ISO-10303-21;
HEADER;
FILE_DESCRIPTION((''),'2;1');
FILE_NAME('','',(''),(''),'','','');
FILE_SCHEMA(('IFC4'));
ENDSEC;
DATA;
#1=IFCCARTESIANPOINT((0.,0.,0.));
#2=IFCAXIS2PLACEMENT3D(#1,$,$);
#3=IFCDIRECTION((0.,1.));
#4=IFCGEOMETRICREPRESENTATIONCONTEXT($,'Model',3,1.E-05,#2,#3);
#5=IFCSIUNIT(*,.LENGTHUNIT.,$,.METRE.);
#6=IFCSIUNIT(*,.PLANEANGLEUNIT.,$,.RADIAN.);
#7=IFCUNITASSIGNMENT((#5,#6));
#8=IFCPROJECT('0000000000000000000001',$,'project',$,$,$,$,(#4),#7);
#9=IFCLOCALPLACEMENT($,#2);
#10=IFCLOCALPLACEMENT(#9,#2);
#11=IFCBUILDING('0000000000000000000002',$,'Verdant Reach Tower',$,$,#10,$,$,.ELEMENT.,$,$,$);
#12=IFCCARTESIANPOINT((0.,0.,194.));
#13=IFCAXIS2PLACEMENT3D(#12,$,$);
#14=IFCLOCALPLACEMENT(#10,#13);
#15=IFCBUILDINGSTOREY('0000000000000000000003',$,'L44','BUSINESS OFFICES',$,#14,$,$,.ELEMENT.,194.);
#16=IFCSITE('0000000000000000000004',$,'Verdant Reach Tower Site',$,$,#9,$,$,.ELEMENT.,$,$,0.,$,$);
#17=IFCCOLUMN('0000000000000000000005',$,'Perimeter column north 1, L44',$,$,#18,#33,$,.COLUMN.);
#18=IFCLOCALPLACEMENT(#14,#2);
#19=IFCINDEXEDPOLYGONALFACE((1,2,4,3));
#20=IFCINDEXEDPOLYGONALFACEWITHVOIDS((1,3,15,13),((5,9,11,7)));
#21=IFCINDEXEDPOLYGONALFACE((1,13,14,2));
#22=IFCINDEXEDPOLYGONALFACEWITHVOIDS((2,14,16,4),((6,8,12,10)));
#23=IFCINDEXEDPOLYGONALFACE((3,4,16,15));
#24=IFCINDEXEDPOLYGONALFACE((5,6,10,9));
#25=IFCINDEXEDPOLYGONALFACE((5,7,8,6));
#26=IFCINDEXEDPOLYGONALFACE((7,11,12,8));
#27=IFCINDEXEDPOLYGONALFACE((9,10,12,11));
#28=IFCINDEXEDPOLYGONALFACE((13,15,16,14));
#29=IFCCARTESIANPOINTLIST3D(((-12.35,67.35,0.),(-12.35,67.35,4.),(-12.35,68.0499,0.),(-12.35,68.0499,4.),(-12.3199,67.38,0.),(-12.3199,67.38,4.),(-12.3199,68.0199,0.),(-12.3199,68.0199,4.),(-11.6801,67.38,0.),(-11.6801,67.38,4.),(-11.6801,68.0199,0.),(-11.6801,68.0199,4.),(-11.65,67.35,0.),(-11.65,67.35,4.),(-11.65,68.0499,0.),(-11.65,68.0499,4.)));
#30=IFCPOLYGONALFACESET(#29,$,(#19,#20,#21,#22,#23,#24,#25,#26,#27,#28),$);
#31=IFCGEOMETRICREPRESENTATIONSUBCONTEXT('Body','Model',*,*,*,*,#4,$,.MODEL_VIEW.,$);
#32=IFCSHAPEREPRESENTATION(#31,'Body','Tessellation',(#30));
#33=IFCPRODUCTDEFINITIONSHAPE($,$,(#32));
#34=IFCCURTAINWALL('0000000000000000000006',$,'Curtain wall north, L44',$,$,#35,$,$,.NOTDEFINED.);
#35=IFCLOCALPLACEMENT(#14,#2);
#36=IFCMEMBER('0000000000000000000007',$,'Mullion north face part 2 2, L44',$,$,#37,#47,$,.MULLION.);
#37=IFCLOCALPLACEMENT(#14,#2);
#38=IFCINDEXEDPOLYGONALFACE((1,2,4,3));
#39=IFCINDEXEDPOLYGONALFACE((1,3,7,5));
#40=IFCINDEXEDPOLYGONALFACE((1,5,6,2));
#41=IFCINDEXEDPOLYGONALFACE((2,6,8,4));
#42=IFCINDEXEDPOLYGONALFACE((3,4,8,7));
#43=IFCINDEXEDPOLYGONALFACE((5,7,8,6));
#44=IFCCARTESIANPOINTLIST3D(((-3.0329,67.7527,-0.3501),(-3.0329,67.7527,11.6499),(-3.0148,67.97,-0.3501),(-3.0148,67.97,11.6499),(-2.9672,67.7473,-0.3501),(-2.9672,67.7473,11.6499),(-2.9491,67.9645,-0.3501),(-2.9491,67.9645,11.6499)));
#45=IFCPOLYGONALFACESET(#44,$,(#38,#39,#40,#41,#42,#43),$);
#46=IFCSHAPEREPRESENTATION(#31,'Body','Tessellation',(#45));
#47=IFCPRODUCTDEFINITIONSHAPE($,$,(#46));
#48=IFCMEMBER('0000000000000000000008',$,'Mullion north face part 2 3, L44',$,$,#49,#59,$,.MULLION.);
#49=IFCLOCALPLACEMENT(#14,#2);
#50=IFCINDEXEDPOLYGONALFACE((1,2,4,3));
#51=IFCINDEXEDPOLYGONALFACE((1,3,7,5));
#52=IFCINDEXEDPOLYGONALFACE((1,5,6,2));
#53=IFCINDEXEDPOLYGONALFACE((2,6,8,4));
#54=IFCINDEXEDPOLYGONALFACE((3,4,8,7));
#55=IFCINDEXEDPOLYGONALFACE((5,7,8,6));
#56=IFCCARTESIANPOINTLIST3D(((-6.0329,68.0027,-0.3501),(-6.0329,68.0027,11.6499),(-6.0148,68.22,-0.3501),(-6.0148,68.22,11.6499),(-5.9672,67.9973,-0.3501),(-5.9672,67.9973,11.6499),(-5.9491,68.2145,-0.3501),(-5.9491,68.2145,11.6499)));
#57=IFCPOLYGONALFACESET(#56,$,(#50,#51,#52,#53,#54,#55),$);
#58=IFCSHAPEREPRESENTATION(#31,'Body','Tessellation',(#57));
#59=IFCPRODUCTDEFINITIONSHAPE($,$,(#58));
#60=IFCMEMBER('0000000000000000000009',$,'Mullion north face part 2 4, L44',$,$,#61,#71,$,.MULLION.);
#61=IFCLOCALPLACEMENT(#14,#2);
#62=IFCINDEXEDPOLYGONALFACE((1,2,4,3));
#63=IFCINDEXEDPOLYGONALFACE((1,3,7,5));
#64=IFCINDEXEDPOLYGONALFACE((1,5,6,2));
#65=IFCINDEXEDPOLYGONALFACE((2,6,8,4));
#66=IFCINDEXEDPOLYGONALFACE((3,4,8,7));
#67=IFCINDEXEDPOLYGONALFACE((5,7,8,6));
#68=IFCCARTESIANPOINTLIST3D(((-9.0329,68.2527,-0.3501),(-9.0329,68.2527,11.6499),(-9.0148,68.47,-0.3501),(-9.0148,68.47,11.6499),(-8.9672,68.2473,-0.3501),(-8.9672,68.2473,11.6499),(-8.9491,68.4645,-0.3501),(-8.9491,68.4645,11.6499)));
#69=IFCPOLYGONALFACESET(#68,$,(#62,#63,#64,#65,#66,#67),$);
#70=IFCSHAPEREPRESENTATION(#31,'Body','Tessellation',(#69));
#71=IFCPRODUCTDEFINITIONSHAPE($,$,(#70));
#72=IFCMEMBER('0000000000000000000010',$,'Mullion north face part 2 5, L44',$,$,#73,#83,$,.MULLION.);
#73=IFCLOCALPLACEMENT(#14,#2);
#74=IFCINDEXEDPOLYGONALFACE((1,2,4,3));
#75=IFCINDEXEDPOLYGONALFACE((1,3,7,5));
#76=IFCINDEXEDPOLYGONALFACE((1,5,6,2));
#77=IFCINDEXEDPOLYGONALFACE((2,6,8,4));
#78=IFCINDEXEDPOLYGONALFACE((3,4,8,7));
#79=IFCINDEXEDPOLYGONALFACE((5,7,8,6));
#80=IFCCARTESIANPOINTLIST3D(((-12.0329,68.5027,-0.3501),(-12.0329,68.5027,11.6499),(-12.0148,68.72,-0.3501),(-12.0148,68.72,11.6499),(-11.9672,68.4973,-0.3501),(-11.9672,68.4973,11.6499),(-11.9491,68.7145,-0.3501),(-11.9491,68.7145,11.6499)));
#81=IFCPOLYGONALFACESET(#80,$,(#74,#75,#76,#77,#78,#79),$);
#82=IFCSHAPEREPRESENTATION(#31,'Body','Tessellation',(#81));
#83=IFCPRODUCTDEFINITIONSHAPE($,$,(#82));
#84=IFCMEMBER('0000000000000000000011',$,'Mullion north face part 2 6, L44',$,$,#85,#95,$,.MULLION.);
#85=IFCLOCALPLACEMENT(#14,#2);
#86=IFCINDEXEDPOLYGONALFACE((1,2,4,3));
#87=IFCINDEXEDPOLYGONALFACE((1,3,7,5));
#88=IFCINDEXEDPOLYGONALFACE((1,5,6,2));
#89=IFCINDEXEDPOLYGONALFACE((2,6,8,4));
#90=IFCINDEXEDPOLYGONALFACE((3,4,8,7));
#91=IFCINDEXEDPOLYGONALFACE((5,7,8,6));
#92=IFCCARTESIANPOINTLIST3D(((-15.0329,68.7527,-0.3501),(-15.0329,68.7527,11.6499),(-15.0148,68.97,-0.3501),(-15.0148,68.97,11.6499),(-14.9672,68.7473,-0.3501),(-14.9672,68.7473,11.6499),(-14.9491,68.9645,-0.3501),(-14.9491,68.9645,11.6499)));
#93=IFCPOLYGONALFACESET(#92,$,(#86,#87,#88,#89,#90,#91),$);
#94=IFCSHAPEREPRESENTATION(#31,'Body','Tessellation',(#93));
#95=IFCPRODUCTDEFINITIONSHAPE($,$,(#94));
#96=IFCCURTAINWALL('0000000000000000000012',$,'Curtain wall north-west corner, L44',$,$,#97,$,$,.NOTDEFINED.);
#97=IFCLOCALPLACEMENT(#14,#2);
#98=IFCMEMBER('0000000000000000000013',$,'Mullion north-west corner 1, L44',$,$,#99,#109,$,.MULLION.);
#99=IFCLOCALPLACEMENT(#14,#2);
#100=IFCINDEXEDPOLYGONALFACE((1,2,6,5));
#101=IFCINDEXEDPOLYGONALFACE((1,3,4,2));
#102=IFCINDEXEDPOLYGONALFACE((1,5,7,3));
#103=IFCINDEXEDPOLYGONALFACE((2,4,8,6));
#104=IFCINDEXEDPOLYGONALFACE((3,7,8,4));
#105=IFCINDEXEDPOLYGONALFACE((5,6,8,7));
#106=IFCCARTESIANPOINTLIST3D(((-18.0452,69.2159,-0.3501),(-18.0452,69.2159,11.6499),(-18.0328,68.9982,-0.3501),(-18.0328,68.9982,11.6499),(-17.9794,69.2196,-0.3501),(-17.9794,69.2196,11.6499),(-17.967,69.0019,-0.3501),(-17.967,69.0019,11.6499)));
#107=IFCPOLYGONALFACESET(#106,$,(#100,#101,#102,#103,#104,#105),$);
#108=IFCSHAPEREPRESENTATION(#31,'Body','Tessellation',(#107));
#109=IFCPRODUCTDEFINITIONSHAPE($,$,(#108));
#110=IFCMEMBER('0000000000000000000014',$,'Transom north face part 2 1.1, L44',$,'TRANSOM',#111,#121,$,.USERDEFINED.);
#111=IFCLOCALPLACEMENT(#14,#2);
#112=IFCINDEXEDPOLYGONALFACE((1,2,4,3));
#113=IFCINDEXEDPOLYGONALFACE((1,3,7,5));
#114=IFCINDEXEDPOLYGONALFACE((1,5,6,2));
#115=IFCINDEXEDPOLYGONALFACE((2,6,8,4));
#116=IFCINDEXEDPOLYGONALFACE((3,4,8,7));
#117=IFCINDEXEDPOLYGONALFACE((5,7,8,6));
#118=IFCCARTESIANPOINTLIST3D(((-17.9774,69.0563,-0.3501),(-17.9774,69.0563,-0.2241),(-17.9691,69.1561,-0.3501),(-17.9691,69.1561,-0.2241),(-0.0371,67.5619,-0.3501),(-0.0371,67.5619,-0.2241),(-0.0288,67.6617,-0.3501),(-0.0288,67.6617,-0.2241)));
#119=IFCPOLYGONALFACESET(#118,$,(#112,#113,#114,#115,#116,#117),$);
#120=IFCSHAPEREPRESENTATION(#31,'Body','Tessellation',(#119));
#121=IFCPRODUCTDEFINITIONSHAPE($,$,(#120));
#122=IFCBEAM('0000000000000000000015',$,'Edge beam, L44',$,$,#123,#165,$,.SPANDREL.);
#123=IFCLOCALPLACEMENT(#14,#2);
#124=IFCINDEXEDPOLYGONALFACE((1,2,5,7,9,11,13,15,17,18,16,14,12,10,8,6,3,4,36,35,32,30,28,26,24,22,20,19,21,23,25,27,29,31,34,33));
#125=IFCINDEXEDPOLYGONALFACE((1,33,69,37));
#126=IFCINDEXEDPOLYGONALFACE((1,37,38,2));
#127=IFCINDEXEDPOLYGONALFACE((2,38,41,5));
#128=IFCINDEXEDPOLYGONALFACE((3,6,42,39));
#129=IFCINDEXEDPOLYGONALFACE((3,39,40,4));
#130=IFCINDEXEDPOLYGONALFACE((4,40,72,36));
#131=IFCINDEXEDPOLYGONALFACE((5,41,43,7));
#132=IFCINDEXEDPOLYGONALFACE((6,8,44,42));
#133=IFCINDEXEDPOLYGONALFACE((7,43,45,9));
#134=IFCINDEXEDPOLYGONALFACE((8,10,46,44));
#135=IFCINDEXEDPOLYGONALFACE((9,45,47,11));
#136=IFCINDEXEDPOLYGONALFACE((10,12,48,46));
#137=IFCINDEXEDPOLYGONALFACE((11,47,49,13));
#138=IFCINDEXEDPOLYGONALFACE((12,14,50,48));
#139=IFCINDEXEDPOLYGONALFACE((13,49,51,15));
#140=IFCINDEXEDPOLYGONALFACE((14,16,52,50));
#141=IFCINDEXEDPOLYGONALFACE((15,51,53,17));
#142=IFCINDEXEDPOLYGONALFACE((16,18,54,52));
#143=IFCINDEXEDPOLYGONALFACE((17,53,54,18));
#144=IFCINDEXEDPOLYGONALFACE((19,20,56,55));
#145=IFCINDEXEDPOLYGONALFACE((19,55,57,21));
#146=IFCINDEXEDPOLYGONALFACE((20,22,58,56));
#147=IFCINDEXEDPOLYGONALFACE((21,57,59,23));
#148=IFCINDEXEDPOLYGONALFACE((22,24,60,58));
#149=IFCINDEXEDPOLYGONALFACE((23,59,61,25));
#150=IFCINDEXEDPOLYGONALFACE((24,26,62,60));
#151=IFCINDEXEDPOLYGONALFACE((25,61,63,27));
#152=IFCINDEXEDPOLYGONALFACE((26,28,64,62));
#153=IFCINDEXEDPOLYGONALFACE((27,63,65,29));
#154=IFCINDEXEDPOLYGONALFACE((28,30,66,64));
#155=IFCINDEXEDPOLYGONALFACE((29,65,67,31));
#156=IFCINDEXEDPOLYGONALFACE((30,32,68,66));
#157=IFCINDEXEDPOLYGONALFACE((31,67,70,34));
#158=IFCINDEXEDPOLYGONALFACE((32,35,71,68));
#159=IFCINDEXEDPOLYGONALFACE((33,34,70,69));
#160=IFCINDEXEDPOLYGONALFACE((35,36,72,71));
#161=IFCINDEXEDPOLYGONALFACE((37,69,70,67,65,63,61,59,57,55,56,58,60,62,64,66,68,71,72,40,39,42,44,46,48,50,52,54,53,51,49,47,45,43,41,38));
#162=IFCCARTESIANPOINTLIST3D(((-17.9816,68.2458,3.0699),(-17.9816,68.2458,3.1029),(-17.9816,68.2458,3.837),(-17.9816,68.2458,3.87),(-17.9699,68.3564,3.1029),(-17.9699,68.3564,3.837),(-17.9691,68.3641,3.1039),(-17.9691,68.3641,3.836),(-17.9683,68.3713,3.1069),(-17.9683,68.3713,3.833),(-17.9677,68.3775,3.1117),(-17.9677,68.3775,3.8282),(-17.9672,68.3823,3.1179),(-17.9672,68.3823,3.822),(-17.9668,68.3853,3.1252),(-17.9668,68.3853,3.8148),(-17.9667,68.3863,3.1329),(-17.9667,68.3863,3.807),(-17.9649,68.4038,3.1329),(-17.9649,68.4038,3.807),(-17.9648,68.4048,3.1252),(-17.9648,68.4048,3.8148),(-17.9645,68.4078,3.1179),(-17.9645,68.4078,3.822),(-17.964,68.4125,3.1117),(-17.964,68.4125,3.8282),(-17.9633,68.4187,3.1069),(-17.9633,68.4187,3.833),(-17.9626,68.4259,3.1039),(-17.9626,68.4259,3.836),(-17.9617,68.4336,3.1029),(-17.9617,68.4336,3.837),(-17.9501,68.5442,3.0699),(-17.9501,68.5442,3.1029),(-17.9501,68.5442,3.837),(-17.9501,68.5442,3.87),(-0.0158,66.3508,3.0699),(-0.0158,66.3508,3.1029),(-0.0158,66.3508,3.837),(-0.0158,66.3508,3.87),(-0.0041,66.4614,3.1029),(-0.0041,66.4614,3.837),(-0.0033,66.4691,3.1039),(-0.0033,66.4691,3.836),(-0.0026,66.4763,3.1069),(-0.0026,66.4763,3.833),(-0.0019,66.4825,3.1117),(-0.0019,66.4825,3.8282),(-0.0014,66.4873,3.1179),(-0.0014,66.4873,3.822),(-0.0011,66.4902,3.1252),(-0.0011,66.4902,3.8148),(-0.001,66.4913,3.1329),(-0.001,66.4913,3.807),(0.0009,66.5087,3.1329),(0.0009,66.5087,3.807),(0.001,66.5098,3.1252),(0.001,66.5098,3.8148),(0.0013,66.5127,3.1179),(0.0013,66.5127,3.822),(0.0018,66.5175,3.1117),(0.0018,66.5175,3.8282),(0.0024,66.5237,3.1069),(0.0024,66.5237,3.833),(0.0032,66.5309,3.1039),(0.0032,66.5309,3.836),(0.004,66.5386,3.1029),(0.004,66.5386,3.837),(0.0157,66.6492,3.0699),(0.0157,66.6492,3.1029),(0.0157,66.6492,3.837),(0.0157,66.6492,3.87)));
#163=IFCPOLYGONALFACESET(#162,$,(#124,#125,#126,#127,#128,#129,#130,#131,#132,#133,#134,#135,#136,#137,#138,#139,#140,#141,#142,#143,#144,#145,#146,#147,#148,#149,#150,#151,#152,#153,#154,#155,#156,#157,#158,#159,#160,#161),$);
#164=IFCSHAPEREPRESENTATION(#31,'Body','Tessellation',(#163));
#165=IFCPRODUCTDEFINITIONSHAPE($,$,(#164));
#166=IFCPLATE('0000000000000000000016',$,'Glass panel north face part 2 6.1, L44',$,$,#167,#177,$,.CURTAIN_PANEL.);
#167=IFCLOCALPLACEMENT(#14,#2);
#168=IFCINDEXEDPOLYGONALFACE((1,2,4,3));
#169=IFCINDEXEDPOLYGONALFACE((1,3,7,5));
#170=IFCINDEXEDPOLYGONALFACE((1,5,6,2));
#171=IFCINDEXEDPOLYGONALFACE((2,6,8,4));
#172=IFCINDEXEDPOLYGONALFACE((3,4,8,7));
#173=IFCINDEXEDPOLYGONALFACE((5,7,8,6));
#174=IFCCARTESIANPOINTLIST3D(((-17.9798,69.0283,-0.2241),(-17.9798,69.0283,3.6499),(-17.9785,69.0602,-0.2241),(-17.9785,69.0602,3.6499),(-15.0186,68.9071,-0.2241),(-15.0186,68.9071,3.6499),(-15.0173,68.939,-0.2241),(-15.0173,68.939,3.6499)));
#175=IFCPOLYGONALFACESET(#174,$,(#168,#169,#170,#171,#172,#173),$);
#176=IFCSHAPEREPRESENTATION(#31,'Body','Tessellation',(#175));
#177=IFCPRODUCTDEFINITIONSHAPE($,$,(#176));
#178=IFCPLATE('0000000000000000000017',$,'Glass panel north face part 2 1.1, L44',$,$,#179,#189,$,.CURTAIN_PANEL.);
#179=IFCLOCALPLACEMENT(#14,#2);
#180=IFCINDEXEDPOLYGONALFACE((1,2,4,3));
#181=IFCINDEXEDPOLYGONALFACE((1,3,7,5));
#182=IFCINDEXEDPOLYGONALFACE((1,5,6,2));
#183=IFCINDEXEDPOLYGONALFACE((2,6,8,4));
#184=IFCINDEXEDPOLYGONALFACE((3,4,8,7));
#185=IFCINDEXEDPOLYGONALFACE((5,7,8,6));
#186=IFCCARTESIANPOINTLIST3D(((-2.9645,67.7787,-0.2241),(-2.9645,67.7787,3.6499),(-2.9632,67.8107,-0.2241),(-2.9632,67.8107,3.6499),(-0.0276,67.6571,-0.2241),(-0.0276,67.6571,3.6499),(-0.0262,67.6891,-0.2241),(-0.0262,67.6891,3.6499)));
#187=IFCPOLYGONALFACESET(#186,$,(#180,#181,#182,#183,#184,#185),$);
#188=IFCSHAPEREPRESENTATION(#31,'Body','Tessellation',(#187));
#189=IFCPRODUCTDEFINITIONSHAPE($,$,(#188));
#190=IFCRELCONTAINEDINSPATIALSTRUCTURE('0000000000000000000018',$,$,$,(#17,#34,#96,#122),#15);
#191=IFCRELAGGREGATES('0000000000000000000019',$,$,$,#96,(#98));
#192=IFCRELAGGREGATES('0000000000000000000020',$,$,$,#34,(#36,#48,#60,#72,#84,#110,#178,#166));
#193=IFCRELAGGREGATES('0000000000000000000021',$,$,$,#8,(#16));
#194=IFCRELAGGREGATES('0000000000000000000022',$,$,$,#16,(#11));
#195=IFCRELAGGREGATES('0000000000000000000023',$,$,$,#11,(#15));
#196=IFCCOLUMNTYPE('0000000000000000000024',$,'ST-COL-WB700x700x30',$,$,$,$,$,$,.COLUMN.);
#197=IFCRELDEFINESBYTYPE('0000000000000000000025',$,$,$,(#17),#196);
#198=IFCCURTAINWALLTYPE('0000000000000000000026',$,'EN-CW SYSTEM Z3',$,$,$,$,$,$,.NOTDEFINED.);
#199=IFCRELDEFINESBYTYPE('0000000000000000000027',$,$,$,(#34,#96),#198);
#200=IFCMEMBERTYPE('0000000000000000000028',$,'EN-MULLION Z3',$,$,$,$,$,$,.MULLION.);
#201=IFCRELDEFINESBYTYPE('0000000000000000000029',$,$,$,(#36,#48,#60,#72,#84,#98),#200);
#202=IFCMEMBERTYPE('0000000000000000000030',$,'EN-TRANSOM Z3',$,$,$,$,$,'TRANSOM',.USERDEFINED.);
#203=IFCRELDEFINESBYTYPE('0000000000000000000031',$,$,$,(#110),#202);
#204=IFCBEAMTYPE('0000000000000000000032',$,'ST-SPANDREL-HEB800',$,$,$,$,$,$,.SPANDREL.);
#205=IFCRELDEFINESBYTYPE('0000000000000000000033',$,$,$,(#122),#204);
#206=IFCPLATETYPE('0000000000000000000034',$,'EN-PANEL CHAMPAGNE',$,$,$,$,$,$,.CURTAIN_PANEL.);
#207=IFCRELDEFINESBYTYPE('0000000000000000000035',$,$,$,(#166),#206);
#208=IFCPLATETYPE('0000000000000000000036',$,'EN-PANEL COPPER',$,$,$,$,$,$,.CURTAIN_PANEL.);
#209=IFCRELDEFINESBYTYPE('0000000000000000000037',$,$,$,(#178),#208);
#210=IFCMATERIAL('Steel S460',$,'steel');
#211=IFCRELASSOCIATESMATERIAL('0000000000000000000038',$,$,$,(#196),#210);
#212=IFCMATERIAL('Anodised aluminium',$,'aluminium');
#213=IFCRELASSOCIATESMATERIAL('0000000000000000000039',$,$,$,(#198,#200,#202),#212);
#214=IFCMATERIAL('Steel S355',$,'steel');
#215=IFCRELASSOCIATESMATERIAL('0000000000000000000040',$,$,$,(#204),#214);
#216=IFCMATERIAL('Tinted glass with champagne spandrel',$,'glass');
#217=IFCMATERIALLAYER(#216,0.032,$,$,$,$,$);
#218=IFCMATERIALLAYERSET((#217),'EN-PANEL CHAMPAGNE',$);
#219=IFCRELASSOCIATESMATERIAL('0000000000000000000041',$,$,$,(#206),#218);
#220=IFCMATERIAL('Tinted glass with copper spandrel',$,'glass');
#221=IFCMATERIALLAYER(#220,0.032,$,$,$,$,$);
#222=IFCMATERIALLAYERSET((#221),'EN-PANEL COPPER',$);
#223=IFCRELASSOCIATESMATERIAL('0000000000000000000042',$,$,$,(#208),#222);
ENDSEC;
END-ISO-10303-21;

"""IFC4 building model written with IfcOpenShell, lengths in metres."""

from ifc_helpers import new_model, si_unit, direction, frame, origin, origin_2d, place, context, subcontext, project, spatial, rectangle, hollow_rectangle, i_section, extrude, material, layer, layer_set, material_profile, profile_set, type_object, element, aggregate, save


model = new_model("IFC4")

# Units and contexts
model_context = context("Model", 3, precision=1e-05, world=origin(), true_north=direction((0.0, 1.0)))
body_context = subcontext(model_context, "Body", "Model", "MODEL_VIEW")
ifc_project = project(units=[si_unit("LENGTHUNIT", "METRE"), si_unit("PLANEANGLEUNIT", "RADIAN")], contexts=[model_context])

# Site, building, storey
site_placement = place(None, origin())
site = spatial("IfcSite", under=ifc_project, at=site_placement, Name="Verdant Reach Tower Site", CompositionType="ELEMENT", RefElevation=0.0)
building_placement = place(site_placement, origin())
building = spatial("IfcBuilding", under=site, at=building_placement, Name="Verdant Reach Tower", CompositionType="ELEMENT")
storey_placement = place(building_placement, frame((0.0, 0.0, 194.0)))
storey = spatial("IfcBuildingStorey", under=building, at=storey_placement, Name="L44", Description="BUSINESS OFFICES", CompositionType="ELEMENT", Elevation=194.0)

# Column
ifc_material_1 = material(Name="Steel S460", Category="steel")
ifc_material_profile_1 = material_profile(ifc_material_1, hollow_rectangle(XDim=0.7, YDim=0.7, WallThickness=0.03, at=origin_2d()), Name="WB 700x700x30")
ifc_profile_set_1 = profile_set([ifc_material_profile_1], Name="Steel S460")
column_type = type_object("IfcColumnType", Name="ST-COL-WB700x700x30", PredefinedType="COLUMN", material=ifc_profile_set_1)
column_placement = place(storey_placement, frame((-12.0, 67.7, 0.0), z_axis=(0.0, 0.0, 1.0), x_axis=(1.0, 0.0, 0.0)))
element("IfcColumn", 1, at=column_placement, inside=storey, type_object=column_type, Name="Perimeter column north 1, L44", PredefinedType="COLUMN", context=body_context, shape_type="SweptSolid", body=[
    extrude(hollow_rectangle(XDim=0.7, YDim=0.7, WallThickness=0.03, at=origin_2d()), origin(), (0.0, 0.0, 1.0), 4.0),
])

# Curtain wall, members
ifc_material_2 = material(Name="Anodised aluminium", Category="aluminium")
curtain_wall_type = type_object("IfcCurtainWallType", Name="EN-CW SYSTEM Z3", PredefinedType="NOTDEFINED", material=ifc_material_2)
curtain_wall_1_placement = place(storey_placement, origin())
curtain_wall_1 = element("IfcCurtainWall", 2, at=curtain_wall_1_placement, inside=storey, type_object=curtain_wall_type, Name="Curtain wall north, L44", PredefinedType="NOTDEFINED")
ifc_material_profile_2 = material_profile(ifc_material_2, rectangle(XDim=0.218, YDim=0.0659, at=origin_2d()), Name="Mullion 66x218")
ifc_profile_set_2 = profile_set([ifc_material_profile_2], Name="Anodised aluminium")
member_type_1 = type_object("IfcMemberType", Name="EN-MULLION Z3", PredefinedType="MULLION", material=ifc_profile_set_2)
member_1_placement = place(storey_placement, frame((-2.991, 67.8586, -0.3501), z_axis=(0.0, 0.0, 1.0), x_axis=(0.083045, 0.996546, 0.0)))
member_1 = element("IfcMember", 3, at=member_1_placement, type_object=member_type_1, Name="Mullion north face part 2 2, L44", PredefinedType="MULLION", context=body_context, shape_type="SweptSolid", body=[
    extrude(rectangle(XDim=0.218, YDim=0.0659, at=origin_2d()), origin(), (0.0, 0.0, 1.0), 12.0),
])
member_2_placement = place(storey_placement, frame((-5.991, 68.1086, -0.3501), z_axis=(0.0, 0.0, 1.0), x_axis=(0.083045, 0.996546, 0.0)))
member_2 = element("IfcMember", 4, at=member_2_placement, type_object=member_type_1, Name="Mullion north face part 2 3, L44", PredefinedType="MULLION", context=body_context, shape_type="SweptSolid", body=[
    extrude(rectangle(XDim=0.218, YDim=0.0659, at=origin_2d()), origin(), (0.0, 0.0, 1.0), 12.0),
])
member_3_placement = place(storey_placement, frame((-8.991, 68.3586, -0.3501), z_axis=(0.0, 0.0, 1.0), x_axis=(0.083045, 0.996546, 0.0)))
member_3 = element("IfcMember", 5, at=member_3_placement, type_object=member_type_1, Name="Mullion north face part 2 4, L44", PredefinedType="MULLION", context=body_context, shape_type="SweptSolid", body=[
    extrude(rectangle(XDim=0.218, YDim=0.0659, at=origin_2d()), origin(), (0.0, 0.0, 1.0), 12.0),
])
member_4_placement = place(storey_placement, frame((-11.991, 68.6086, -0.3501), z_axis=(0.0, 0.0, 1.0), x_axis=(0.083045, 0.996546, 0.0)))
member_4 = element("IfcMember", 6, at=member_4_placement, type_object=member_type_1, Name="Mullion north face part 2 5, L44", PredefinedType="MULLION", context=body_context, shape_type="SweptSolid", body=[
    extrude(rectangle(XDim=0.218, YDim=0.0659, at=origin_2d()), origin(), (0.0, 0.0, 1.0), 12.0),
])
member_5_placement = place(storey_placement, frame((-14.991, 68.8586, -0.3501), z_axis=(0.0, 0.0, 1.0), x_axis=(0.083045, 0.996546, 0.0)))
member_5 = element("IfcMember", 7, at=member_5_placement, type_object=member_type_1, Name="Mullion north face part 2 6, L44", PredefinedType="MULLION", context=body_context, shape_type="SweptSolid", body=[
    extrude(rectangle(XDim=0.218, YDim=0.0659, at=origin_2d()), origin(), (0.0, 0.0, 1.0), 12.0),
])

# Curtain wall, member
curtain_wall_2_placement = place(storey_placement, origin())
curtain_wall_2 = element("IfcCurtainWall", 8, at=curtain_wall_2_placement, inside=storey, type_object=curtain_wall_type, Name="Curtain wall north-west corner, L44", PredefinedType="NOTDEFINED")
member_6_placement = place(storey_placement, frame((-18.0061, 69.1089, -0.3501), z_axis=(0.0, 0.0, 1.0), x_axis=(-0.056569, 0.998399, 0.0)))
member_6 = element("IfcMember", 9, at=member_6_placement, type_object=member_type_1, Name="Mullion north-west corner 1, L44", PredefinedType="MULLION", context=body_context, shape_type="SweptSolid", body=[
    extrude(rectangle(XDim=0.218, YDim=0.0659, at=origin_2d()), origin(), (0.0, 0.0, 1.0), 12.0),
])
aggregate(curtain_wall_2, [member_6])

# Member
ifc_material_profile_3 = material_profile(ifc_material_2, rectangle(XDim=0.1001, YDim=0.126, at=origin_2d()), Name="Transom 126x100")
ifc_profile_set_3 = profile_set([ifc_material_profile_3], Name="Anodised aluminium")
member_type_2 = type_object("IfcMemberType", Name="EN-TRANSOM Z3", ElementType="TRANSOM", PredefinedType="USERDEFINED", material=ifc_profile_set_3)
member_7_placement = place(storey_placement, frame((-0.033, 67.6118, -0.2871), z_axis=(-0.996549, 0.08301, 0.0), x_axis=(-0.08301, -0.996549, 0.0)))
member_7 = element("IfcMember", 10, at=member_7_placement, type_object=member_type_2, Name="Transom north face part 2 1.1, L44", ObjectType="TRANSOM", PredefinedType="USERDEFINED", context=body_context, shape_type="SweptSolid", body=[
    extrude(rectangle(XDim=0.1001, YDim=0.126, at=origin_2d()), origin(), (0.0, 0.0, 1.0), 18.0024),
])

# Beam
ifc_material_3 = material(Name="Steel S355", Category="steel")
ifc_material_profile_4 = material_profile(ifc_material_3, i_section(OverallWidth=0.3, OverallDepth=0.8, WebThickness=0.0176, FlangeThickness=0.033, FilletRadius=0.03, at=origin_2d()), Name="HEB 800")
ifc_profile_set_4 = profile_set([ifc_material_profile_4], Name="Steel S355")
beam_type = type_object("IfcBeamType", Name="ST-SPANDREL-HEB800", PredefinedType="SPANDREL", material=ifc_profile_set_4)
beam_placement = place(storey_placement, frame((-17.9658, 68.395, 3.47), z_axis=(0.994483, -0.104897, 0.0), x_axis=(0.104897, 0.994483, 0.0)))
element("IfcBeam", 11, at=beam_placement, inside=storey, type_object=beam_type, Name="Edge beam, L44", PredefinedType="SPANDREL", context=body_context, shape_type="SweptSolid", body=[
    extrude(i_section(OverallWidth=0.3, OverallDepth=0.8, WebThickness=0.0176, FlangeThickness=0.033, FilletRadius=0.03, at=origin_2d()), origin(), (0.0, 0.0, 1.0), 18.0654),
])

# Plates
ifc_material_4 = material(Name="Tinted glass with champagne spandrel", Category="glass")
ifc_layer_1 = layer(ifc_material_4, 0.032)
ifc_layer_set_1 = layer_set([ifc_layer_1], Name="EN-PANEL CHAMPAGNE")
plate_type_1 = type_object("IfcPlateType", Name="EN-PANEL CHAMPAGNE", PredefinedType="CURTAIN_PANEL", material=ifc_layer_set_1)
plate_1_placement = place(storey_placement, frame((-16.4985, 68.9836, -0.2241), z_axis=(0.0, 0.0, 1.0), x_axis=(-0.999164, 0.040891, 0.0)))
plate_1 = element("IfcPlate", 12, at=plate_1_placement, type_object=plate_type_1, Name="Glass panel north face part 2 6.1, L44", PredefinedType="CURTAIN_PANEL", context=body_context, shape_type="SweptSolid", body=[
    extrude(rectangle(XDim=2.9636, YDim=0.032, at=origin_2d()), origin(), (0.0, 0.0, 1.0), 3.874),
])
ifc_material_5 = material(Name="Tinted glass with copper spandrel", Category="glass")
ifc_layer_2 = layer(ifc_material_5, 0.032)
ifc_layer_set_2 = layer_set([ifc_layer_2], Name="EN-PANEL COPPER")
plate_type_2 = type_object("IfcPlateType", Name="EN-PANEL COPPER", PredefinedType="CURTAIN_PANEL", material=ifc_layer_set_2)
plate_2_placement = place(storey_placement, frame((-1.4954, 67.7339, -0.2241), z_axis=(0.0, 0.0, 1.0), x_axis=(-0.999144, 0.041367, 0.0)))
plate_2 = element("IfcPlate", 13, at=plate_2_placement, type_object=plate_type_2, Name="Glass panel north face part 2 1.1, L44", PredefinedType="CURTAIN_PANEL", context=body_context, shape_type="SweptSolid", body=[
    extrude(rectangle(XDim=2.9395, YDim=0.032, at=origin_2d()), origin(), (0.0, 0.0, 1.0), 3.874),
])
aggregate(curtain_wall_1, [member_1, member_2, member_3, member_4, member_5, member_7, plate_2, plate_1])

save(model, "model.ifc")
